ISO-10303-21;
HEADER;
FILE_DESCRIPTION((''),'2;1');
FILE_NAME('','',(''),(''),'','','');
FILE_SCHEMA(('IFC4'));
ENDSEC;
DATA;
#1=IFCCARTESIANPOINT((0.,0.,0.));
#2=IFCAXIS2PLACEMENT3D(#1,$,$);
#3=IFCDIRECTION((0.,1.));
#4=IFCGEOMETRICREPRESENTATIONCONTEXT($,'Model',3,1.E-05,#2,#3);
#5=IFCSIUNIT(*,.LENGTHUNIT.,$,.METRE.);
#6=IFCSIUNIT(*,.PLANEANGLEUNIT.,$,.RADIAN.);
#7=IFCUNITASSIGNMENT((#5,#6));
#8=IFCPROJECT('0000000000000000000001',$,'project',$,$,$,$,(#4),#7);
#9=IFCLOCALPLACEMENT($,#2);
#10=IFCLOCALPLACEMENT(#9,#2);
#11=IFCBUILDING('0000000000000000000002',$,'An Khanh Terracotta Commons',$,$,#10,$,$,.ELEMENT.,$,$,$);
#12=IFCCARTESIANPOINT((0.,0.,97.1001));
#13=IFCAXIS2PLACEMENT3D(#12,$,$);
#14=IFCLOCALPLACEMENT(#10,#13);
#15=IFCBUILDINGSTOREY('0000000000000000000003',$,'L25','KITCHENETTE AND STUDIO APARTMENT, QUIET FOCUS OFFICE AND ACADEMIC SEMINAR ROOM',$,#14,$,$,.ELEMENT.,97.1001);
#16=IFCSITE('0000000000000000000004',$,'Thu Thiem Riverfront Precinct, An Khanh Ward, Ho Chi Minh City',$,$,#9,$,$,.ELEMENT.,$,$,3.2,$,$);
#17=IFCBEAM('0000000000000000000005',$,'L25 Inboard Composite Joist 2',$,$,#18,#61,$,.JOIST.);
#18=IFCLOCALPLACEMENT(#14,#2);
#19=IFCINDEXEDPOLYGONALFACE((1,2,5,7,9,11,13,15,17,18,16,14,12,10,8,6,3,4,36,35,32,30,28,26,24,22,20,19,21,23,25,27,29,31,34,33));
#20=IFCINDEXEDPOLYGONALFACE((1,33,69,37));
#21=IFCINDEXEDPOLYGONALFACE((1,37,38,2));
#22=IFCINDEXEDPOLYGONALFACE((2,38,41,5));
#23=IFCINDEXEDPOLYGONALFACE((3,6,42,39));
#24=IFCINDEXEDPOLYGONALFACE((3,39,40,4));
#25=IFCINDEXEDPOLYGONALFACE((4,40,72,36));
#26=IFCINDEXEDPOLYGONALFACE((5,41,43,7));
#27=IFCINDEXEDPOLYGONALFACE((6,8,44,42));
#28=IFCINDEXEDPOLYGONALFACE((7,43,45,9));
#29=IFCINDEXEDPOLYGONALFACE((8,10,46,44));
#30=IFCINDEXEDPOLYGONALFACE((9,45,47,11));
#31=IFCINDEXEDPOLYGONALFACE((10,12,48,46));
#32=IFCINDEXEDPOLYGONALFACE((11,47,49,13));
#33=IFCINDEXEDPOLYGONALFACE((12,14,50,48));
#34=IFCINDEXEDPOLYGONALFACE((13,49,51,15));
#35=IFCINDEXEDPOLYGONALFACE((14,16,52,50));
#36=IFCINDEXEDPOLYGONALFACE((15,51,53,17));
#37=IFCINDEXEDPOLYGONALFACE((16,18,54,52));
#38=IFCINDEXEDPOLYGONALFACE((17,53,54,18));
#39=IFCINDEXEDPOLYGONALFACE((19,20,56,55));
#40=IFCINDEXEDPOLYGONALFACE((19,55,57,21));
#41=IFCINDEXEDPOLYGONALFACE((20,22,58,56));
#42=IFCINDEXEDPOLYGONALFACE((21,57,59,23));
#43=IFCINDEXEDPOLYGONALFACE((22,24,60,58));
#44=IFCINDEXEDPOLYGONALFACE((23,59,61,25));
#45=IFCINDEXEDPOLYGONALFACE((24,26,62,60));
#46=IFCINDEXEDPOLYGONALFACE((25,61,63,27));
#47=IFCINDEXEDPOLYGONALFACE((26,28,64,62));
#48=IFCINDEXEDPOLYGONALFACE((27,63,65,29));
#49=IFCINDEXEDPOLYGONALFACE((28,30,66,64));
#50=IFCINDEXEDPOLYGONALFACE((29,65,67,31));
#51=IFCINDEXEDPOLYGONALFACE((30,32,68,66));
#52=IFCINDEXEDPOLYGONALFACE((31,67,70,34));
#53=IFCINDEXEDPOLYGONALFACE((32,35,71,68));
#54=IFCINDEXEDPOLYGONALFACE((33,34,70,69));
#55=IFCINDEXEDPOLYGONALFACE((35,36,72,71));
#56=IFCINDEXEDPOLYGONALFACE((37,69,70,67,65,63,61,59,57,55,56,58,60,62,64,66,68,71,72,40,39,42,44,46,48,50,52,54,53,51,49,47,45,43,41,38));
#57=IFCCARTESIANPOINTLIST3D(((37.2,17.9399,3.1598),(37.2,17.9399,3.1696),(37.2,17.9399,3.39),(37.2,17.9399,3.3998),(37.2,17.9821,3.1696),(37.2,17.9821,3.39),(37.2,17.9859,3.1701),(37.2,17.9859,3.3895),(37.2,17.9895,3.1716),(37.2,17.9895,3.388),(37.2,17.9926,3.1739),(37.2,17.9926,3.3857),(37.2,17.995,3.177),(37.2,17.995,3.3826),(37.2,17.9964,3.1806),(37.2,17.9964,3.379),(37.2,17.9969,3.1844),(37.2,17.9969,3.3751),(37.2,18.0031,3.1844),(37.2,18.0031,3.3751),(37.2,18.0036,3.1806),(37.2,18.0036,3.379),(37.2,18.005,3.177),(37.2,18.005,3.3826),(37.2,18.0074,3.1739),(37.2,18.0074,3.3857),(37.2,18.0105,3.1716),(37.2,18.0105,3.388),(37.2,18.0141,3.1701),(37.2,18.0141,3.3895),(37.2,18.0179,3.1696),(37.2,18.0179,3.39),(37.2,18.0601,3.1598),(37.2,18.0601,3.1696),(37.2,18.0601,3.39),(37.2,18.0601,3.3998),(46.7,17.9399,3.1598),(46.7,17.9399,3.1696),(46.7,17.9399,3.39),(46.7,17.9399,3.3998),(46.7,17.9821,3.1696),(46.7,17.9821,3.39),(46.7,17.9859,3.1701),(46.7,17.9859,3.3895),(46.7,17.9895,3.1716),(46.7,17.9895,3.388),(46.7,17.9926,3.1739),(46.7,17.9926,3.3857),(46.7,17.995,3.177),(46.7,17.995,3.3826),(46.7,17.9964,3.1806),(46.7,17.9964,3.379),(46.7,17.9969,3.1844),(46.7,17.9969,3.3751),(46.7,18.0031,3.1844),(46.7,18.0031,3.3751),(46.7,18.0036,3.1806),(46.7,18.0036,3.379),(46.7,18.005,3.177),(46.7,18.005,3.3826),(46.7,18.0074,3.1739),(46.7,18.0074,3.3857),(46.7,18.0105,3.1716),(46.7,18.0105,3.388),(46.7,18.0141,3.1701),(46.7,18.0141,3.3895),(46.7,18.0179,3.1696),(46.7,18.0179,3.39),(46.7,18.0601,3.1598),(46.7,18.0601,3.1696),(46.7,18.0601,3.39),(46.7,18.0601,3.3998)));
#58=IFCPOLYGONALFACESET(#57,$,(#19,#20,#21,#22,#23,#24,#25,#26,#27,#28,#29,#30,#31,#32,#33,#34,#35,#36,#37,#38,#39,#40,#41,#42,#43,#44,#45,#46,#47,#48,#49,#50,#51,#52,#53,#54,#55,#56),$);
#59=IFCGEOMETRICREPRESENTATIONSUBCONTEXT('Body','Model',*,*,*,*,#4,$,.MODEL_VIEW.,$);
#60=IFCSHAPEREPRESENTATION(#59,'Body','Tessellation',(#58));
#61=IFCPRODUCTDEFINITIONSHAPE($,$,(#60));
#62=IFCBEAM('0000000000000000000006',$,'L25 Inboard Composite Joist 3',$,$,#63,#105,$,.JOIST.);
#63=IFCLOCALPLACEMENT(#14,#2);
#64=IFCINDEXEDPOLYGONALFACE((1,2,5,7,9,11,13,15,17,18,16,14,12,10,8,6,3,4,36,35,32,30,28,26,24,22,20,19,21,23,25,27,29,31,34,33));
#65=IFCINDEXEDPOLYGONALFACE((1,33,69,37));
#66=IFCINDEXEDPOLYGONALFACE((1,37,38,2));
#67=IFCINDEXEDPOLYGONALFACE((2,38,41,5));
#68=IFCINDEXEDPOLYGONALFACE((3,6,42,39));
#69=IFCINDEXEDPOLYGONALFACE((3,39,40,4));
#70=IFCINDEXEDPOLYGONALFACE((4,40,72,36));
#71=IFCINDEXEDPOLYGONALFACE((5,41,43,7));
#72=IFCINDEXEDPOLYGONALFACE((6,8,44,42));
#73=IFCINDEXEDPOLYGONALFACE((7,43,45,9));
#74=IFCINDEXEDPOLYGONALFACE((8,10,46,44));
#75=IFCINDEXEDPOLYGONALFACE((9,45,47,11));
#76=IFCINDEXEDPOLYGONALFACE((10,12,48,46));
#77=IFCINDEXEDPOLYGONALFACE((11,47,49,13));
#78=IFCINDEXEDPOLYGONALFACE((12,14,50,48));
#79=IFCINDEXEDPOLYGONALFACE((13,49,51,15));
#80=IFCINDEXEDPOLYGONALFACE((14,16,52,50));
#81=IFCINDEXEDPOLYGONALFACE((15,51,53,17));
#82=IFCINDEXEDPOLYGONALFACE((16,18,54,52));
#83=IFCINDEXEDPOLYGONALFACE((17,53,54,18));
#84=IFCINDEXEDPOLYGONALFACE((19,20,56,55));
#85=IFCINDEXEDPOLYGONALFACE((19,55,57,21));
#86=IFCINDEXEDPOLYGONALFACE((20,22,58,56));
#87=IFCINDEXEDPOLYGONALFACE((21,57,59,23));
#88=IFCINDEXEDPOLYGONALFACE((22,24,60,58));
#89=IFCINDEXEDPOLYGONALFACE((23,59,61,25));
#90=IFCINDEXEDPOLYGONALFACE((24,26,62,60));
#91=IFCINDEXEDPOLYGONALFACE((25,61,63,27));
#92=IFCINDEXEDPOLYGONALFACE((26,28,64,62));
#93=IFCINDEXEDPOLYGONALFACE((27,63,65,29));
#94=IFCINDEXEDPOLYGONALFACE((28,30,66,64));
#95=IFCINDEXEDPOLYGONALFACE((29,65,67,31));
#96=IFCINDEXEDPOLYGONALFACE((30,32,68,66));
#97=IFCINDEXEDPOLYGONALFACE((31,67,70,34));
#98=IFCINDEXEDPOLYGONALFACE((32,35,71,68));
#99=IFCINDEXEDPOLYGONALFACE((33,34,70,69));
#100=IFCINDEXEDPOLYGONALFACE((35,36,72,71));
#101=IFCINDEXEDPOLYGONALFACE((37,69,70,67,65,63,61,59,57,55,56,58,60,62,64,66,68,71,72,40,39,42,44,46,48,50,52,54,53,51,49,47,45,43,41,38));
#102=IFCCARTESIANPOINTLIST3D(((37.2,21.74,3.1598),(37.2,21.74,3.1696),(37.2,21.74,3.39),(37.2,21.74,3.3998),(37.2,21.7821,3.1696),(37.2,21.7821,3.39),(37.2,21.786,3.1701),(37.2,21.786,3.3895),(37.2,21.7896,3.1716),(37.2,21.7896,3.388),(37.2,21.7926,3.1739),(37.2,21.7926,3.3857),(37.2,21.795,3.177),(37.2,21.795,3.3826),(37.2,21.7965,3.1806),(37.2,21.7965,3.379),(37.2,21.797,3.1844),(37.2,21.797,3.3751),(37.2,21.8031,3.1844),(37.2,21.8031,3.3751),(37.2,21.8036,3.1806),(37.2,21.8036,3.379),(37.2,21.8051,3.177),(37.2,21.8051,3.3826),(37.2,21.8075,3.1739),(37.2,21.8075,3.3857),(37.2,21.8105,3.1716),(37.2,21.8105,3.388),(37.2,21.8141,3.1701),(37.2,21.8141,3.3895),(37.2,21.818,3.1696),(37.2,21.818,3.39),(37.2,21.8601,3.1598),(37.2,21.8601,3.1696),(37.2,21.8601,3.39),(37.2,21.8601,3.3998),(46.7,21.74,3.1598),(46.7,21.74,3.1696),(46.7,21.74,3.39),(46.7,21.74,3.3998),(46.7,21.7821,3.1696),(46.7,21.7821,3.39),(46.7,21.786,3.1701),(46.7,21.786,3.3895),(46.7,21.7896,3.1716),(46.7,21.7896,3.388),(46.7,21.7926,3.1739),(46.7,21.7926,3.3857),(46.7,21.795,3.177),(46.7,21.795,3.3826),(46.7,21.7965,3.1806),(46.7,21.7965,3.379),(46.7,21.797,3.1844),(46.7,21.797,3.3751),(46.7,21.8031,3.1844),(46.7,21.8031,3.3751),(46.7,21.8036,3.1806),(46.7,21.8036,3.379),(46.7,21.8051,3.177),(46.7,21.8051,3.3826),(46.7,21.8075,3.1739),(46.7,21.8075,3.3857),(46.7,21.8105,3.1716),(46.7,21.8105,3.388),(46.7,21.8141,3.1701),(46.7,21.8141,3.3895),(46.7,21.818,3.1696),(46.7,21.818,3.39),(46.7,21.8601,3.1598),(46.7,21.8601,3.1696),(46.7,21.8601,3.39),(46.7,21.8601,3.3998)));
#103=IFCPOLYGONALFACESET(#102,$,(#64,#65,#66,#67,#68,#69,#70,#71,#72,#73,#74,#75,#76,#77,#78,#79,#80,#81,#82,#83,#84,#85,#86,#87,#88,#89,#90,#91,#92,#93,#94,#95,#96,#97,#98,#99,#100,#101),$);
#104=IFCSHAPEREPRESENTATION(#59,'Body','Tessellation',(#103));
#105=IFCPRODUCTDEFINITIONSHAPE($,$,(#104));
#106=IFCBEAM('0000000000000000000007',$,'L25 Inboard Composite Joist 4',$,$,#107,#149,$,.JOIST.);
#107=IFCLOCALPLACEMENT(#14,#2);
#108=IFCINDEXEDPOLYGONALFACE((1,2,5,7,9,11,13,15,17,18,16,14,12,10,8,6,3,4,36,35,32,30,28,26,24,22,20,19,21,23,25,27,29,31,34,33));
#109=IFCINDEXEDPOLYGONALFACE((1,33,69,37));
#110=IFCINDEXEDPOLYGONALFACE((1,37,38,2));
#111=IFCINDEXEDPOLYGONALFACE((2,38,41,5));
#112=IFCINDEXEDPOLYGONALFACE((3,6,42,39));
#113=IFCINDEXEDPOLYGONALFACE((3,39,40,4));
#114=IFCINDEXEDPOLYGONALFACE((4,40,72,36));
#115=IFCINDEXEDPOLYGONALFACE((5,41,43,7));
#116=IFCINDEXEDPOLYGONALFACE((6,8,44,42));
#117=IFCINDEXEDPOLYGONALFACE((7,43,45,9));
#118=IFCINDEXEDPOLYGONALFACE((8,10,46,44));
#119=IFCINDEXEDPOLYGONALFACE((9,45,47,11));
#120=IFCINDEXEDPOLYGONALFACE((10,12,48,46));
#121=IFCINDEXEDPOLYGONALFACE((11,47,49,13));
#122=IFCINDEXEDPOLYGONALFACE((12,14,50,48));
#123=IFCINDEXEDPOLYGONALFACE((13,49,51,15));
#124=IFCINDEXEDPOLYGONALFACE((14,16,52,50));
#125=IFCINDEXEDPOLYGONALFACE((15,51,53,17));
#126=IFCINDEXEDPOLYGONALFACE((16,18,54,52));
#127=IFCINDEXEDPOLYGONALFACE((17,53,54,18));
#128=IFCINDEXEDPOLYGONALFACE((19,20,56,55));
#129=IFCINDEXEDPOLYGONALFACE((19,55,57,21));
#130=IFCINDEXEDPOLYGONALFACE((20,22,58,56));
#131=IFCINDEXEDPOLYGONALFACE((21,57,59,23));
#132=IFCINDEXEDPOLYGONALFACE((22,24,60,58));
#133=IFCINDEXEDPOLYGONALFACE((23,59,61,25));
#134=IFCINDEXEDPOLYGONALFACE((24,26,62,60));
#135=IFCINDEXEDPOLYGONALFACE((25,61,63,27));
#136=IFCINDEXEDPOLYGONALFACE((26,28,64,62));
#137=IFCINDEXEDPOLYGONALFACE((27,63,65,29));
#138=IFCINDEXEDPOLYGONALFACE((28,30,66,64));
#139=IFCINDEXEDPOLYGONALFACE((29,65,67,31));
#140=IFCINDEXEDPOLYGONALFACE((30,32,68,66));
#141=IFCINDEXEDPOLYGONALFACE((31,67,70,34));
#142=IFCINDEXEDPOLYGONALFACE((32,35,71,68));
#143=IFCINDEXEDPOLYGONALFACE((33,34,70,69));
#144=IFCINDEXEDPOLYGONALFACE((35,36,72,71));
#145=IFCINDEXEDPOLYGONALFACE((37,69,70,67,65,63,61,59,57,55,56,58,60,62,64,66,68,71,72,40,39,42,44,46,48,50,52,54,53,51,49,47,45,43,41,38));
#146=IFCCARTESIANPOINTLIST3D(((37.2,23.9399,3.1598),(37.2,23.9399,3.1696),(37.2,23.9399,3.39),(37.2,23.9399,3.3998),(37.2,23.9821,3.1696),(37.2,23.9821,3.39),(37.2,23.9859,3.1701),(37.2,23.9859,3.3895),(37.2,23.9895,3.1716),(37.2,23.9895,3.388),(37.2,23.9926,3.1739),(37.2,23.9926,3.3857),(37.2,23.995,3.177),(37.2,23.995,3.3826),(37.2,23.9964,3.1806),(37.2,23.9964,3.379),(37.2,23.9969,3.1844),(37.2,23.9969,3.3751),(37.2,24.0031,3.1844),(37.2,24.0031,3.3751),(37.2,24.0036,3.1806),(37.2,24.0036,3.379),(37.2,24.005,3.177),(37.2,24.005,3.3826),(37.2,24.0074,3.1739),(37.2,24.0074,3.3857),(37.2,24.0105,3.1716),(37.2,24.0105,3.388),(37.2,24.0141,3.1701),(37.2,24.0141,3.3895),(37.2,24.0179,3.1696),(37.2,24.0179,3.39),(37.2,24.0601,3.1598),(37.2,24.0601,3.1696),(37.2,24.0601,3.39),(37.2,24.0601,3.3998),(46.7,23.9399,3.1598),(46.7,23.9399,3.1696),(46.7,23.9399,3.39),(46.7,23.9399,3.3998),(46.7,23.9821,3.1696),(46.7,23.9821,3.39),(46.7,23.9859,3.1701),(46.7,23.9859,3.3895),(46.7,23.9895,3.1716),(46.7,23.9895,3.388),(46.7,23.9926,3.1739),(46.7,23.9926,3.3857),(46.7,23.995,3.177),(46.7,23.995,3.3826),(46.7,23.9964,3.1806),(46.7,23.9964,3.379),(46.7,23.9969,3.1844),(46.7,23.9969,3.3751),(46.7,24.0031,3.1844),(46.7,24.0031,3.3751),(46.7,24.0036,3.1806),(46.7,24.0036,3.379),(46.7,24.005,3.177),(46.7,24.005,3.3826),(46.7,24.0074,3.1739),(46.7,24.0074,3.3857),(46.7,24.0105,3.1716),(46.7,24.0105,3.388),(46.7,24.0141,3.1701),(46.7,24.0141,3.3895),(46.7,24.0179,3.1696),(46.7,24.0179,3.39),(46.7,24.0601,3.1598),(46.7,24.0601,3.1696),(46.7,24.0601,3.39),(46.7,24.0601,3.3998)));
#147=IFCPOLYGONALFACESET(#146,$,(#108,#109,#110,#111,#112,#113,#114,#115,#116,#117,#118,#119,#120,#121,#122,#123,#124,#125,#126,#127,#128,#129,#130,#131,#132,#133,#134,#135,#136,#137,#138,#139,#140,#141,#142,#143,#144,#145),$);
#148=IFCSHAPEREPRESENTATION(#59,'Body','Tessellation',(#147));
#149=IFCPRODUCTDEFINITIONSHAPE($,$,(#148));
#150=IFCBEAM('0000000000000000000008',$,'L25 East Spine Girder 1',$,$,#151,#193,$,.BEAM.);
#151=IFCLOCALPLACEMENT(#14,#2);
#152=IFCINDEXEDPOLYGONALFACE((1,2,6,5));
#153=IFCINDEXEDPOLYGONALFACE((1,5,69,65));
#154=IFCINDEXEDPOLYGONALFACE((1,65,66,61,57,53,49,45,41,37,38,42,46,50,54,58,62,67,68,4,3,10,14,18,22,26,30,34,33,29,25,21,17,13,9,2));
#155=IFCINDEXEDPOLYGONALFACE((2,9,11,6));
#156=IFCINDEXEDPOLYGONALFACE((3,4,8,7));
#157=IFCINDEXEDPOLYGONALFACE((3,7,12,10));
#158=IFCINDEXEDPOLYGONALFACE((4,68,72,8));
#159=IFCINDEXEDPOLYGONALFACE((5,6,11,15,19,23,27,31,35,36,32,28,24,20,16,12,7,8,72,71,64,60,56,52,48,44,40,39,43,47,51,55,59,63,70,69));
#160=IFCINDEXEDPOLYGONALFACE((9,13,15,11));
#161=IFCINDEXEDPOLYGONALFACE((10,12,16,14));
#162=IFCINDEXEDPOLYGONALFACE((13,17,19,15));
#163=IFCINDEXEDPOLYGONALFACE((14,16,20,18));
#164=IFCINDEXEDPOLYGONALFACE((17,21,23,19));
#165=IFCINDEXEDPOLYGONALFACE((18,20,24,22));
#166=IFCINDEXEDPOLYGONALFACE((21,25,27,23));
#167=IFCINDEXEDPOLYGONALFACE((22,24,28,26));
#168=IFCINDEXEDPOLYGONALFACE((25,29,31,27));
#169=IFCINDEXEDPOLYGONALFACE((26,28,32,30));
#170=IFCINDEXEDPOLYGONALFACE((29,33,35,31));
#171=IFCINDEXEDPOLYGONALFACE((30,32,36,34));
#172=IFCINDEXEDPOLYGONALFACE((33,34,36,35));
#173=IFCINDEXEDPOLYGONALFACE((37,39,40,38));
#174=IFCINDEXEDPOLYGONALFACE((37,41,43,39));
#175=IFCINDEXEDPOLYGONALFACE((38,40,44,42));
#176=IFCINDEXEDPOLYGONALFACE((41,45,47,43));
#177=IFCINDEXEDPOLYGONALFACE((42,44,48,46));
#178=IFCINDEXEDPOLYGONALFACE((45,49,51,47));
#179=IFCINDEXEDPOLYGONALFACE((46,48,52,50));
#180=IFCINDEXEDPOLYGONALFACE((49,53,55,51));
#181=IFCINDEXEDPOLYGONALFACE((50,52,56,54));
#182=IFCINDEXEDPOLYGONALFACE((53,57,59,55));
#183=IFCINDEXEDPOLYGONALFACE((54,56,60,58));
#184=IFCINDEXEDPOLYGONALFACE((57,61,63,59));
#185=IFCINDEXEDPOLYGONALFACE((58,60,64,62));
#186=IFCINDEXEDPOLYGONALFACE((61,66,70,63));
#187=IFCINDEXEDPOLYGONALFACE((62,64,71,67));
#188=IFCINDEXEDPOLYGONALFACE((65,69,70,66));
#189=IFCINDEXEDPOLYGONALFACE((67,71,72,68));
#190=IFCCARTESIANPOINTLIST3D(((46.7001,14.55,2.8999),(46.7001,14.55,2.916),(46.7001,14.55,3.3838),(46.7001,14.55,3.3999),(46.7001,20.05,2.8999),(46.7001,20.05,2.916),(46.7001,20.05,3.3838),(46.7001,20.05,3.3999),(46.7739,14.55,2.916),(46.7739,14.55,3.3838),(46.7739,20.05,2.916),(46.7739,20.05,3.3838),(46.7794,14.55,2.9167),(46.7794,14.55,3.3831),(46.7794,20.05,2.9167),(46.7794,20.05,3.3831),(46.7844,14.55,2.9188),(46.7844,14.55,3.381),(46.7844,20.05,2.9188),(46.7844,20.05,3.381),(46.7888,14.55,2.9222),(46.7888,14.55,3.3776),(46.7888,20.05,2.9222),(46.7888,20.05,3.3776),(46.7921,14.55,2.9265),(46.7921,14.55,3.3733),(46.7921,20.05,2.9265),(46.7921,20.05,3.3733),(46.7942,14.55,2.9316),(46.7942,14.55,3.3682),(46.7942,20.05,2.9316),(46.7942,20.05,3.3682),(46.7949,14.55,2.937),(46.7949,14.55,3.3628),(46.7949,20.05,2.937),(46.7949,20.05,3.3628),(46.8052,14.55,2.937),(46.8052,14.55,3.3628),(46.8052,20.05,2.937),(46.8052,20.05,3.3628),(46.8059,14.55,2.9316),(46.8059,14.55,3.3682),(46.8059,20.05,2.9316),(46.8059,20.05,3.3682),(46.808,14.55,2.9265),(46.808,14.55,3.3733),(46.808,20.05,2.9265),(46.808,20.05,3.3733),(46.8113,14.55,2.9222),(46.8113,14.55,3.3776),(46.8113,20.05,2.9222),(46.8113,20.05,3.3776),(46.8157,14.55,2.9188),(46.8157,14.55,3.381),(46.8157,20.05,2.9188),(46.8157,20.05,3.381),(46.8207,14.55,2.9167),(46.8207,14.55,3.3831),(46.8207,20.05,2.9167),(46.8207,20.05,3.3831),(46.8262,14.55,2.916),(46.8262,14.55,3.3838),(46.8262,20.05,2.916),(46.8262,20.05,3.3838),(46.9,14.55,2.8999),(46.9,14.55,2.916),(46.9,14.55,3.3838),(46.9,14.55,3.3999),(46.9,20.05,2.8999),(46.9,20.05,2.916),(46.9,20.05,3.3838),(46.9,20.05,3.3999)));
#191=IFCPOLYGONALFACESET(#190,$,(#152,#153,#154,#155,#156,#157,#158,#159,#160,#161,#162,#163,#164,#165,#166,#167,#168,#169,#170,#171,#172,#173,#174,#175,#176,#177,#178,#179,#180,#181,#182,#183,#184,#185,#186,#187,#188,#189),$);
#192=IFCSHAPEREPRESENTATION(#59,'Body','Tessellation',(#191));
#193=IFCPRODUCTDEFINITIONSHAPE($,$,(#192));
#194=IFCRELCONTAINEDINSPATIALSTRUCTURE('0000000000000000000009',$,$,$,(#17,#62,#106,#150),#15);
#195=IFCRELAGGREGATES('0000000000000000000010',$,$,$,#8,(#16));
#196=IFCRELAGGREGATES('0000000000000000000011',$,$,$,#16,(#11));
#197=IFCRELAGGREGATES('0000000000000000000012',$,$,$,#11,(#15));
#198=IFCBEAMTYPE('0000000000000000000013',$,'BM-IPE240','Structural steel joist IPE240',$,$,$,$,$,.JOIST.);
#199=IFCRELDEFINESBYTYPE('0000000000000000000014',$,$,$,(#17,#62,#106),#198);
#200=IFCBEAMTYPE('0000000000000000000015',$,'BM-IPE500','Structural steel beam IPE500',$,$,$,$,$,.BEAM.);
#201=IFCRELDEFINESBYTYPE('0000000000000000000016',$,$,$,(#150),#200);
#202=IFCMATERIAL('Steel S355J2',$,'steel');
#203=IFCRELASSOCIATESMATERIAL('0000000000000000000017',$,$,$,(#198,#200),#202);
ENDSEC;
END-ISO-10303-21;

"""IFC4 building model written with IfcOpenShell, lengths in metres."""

from ifc_helpers import new_model, si_unit, direction, frame, origin, origin_2d, place, context, subcontext, project, spatial, i_section, extrude, material, material_profile, profile_set, type_object, element, save


model = new_model("IFC4")

# Units and contexts
model_context = context("Model", 3, precision=1e-05, world=origin(), true_north=direction((0.0, 1.0)))
body_context = subcontext(model_context, "Body", "Model", "MODEL_VIEW")
ifc_project = project(units=[si_unit("LENGTHUNIT", "METRE"), si_unit("PLANEANGLEUNIT", "RADIAN")], contexts=[model_context])

# Site, building, storey
site_placement = place(None, origin())
site = spatial("IfcSite", under=ifc_project, at=site_placement, Name="Thu Thiem Riverfront Precinct, An Khanh Ward, Ho Chi Minh City", CompositionType="ELEMENT", RefElevation=3.2)
building_placement = place(site_placement, origin())
building = spatial("IfcBuilding", under=site, at=building_placement, Name="An Khanh Terracotta Commons", CompositionType="ELEMENT")
storey_placement = place(building_placement, frame((0.0, 0.0, 97.1001)))
storey = spatial("IfcBuildingStorey", under=building, at=storey_placement, Name="L25", Description="KITCHENETTE AND STUDIO APARTMENT, QUIET FOCUS OFFICE AND ACADEMIC SEMINAR ROOM", CompositionType="ELEMENT", Elevation=97.1001)

# Beams
ifc_material_1 = material(Name="Steel S355J2", Category="steel")
ifc_material_profile_1 = material_profile(ifc_material_1, i_section(OverallWidth=0.1201, OverallDepth=0.24, WebThickness=0.0061, FlangeThickness=0.0098, FilletRadius=0.0149, at=origin_2d()), Name="IPE240")
ifc_profile_set_1 = profile_set([ifc_material_profile_1], Name="Steel S355J2")
beam_type_1 = type_object("IfcBeamType", Name="BM-IPE240", Description="Structural steel joist IPE240", PredefinedType="JOIST", material=ifc_profile_set_1)
for number, where, z_axis, x_axis, name in (
    (1, (37.2, 18.0, 3.2798), (1.0, 0.0, 0.0), (0.0, 1.0, 0.0), "L25 Inboard Composite Joist 2"),
    (2, (37.2, 21.8, 3.2798), (1.0, 0.0, 0.0), (0.0, 1.0, 0.0), "L25 Inboard Composite Joist 3"),
    (3, (37.2, 24.0, 3.2798), (1.0, 0.0, 0.0), (0.0, 1.0, 0.0), "L25 Inboard Composite Joist 4"),
):
    element("IfcBeam", number, at=place(storey_placement, frame(where, z_axis=z_axis, x_axis=x_axis)), inside=storey, type_object=beam_type_1, Name=name, PredefinedType="JOIST", context=body_context, shape_type="SweptSolid", body=[
        extrude(i_section(OverallWidth=0.1201, OverallDepth=0.24, WebThickness=0.0061, FlangeThickness=0.0098, FilletRadius=0.0149, at=origin_2d()), origin(), (0.0, 0.0, 1.0), 9.5),
    ])
ifc_material_profile_2 = material_profile(ifc_material_1, i_section(OverallWidth=0.2, OverallDepth=0.5, WebThickness=0.0103, FlangeThickness=0.0161, FilletRadius=0.021, at=origin_2d()), Name="IPE500")
ifc_profile_set_2 = profile_set([ifc_material_profile_2], Name="Steel S355J2")
beam_type_2 = type_object("IfcBeamType", Name="BM-IPE500", Description="Structural steel beam IPE500", PredefinedType="BEAM", material=ifc_profile_set_2)
beam_1_placement = place(storey_placement, frame((46.8, 14.55, 3.1499), z_axis=(0.0, 1.0, 0.0), x_axis=(-1.0, 0.0, 0.0)))
element("IfcBeam", 4, at=beam_1_placement, inside=storey, type_object=beam_type_2, Name="L25 East Spine Girder 1", PredefinedType="BEAM", context=body_context, shape_type="SweptSolid", body=[
    extrude(i_section(OverallWidth=0.2, OverallDepth=0.5, WebThickness=0.0103, FlangeThickness=0.0161, FilletRadius=0.021, at=origin_2d()), origin(), (0.0, 0.0, 1.0), 5.5),
])

save(model, "model.ifc")
